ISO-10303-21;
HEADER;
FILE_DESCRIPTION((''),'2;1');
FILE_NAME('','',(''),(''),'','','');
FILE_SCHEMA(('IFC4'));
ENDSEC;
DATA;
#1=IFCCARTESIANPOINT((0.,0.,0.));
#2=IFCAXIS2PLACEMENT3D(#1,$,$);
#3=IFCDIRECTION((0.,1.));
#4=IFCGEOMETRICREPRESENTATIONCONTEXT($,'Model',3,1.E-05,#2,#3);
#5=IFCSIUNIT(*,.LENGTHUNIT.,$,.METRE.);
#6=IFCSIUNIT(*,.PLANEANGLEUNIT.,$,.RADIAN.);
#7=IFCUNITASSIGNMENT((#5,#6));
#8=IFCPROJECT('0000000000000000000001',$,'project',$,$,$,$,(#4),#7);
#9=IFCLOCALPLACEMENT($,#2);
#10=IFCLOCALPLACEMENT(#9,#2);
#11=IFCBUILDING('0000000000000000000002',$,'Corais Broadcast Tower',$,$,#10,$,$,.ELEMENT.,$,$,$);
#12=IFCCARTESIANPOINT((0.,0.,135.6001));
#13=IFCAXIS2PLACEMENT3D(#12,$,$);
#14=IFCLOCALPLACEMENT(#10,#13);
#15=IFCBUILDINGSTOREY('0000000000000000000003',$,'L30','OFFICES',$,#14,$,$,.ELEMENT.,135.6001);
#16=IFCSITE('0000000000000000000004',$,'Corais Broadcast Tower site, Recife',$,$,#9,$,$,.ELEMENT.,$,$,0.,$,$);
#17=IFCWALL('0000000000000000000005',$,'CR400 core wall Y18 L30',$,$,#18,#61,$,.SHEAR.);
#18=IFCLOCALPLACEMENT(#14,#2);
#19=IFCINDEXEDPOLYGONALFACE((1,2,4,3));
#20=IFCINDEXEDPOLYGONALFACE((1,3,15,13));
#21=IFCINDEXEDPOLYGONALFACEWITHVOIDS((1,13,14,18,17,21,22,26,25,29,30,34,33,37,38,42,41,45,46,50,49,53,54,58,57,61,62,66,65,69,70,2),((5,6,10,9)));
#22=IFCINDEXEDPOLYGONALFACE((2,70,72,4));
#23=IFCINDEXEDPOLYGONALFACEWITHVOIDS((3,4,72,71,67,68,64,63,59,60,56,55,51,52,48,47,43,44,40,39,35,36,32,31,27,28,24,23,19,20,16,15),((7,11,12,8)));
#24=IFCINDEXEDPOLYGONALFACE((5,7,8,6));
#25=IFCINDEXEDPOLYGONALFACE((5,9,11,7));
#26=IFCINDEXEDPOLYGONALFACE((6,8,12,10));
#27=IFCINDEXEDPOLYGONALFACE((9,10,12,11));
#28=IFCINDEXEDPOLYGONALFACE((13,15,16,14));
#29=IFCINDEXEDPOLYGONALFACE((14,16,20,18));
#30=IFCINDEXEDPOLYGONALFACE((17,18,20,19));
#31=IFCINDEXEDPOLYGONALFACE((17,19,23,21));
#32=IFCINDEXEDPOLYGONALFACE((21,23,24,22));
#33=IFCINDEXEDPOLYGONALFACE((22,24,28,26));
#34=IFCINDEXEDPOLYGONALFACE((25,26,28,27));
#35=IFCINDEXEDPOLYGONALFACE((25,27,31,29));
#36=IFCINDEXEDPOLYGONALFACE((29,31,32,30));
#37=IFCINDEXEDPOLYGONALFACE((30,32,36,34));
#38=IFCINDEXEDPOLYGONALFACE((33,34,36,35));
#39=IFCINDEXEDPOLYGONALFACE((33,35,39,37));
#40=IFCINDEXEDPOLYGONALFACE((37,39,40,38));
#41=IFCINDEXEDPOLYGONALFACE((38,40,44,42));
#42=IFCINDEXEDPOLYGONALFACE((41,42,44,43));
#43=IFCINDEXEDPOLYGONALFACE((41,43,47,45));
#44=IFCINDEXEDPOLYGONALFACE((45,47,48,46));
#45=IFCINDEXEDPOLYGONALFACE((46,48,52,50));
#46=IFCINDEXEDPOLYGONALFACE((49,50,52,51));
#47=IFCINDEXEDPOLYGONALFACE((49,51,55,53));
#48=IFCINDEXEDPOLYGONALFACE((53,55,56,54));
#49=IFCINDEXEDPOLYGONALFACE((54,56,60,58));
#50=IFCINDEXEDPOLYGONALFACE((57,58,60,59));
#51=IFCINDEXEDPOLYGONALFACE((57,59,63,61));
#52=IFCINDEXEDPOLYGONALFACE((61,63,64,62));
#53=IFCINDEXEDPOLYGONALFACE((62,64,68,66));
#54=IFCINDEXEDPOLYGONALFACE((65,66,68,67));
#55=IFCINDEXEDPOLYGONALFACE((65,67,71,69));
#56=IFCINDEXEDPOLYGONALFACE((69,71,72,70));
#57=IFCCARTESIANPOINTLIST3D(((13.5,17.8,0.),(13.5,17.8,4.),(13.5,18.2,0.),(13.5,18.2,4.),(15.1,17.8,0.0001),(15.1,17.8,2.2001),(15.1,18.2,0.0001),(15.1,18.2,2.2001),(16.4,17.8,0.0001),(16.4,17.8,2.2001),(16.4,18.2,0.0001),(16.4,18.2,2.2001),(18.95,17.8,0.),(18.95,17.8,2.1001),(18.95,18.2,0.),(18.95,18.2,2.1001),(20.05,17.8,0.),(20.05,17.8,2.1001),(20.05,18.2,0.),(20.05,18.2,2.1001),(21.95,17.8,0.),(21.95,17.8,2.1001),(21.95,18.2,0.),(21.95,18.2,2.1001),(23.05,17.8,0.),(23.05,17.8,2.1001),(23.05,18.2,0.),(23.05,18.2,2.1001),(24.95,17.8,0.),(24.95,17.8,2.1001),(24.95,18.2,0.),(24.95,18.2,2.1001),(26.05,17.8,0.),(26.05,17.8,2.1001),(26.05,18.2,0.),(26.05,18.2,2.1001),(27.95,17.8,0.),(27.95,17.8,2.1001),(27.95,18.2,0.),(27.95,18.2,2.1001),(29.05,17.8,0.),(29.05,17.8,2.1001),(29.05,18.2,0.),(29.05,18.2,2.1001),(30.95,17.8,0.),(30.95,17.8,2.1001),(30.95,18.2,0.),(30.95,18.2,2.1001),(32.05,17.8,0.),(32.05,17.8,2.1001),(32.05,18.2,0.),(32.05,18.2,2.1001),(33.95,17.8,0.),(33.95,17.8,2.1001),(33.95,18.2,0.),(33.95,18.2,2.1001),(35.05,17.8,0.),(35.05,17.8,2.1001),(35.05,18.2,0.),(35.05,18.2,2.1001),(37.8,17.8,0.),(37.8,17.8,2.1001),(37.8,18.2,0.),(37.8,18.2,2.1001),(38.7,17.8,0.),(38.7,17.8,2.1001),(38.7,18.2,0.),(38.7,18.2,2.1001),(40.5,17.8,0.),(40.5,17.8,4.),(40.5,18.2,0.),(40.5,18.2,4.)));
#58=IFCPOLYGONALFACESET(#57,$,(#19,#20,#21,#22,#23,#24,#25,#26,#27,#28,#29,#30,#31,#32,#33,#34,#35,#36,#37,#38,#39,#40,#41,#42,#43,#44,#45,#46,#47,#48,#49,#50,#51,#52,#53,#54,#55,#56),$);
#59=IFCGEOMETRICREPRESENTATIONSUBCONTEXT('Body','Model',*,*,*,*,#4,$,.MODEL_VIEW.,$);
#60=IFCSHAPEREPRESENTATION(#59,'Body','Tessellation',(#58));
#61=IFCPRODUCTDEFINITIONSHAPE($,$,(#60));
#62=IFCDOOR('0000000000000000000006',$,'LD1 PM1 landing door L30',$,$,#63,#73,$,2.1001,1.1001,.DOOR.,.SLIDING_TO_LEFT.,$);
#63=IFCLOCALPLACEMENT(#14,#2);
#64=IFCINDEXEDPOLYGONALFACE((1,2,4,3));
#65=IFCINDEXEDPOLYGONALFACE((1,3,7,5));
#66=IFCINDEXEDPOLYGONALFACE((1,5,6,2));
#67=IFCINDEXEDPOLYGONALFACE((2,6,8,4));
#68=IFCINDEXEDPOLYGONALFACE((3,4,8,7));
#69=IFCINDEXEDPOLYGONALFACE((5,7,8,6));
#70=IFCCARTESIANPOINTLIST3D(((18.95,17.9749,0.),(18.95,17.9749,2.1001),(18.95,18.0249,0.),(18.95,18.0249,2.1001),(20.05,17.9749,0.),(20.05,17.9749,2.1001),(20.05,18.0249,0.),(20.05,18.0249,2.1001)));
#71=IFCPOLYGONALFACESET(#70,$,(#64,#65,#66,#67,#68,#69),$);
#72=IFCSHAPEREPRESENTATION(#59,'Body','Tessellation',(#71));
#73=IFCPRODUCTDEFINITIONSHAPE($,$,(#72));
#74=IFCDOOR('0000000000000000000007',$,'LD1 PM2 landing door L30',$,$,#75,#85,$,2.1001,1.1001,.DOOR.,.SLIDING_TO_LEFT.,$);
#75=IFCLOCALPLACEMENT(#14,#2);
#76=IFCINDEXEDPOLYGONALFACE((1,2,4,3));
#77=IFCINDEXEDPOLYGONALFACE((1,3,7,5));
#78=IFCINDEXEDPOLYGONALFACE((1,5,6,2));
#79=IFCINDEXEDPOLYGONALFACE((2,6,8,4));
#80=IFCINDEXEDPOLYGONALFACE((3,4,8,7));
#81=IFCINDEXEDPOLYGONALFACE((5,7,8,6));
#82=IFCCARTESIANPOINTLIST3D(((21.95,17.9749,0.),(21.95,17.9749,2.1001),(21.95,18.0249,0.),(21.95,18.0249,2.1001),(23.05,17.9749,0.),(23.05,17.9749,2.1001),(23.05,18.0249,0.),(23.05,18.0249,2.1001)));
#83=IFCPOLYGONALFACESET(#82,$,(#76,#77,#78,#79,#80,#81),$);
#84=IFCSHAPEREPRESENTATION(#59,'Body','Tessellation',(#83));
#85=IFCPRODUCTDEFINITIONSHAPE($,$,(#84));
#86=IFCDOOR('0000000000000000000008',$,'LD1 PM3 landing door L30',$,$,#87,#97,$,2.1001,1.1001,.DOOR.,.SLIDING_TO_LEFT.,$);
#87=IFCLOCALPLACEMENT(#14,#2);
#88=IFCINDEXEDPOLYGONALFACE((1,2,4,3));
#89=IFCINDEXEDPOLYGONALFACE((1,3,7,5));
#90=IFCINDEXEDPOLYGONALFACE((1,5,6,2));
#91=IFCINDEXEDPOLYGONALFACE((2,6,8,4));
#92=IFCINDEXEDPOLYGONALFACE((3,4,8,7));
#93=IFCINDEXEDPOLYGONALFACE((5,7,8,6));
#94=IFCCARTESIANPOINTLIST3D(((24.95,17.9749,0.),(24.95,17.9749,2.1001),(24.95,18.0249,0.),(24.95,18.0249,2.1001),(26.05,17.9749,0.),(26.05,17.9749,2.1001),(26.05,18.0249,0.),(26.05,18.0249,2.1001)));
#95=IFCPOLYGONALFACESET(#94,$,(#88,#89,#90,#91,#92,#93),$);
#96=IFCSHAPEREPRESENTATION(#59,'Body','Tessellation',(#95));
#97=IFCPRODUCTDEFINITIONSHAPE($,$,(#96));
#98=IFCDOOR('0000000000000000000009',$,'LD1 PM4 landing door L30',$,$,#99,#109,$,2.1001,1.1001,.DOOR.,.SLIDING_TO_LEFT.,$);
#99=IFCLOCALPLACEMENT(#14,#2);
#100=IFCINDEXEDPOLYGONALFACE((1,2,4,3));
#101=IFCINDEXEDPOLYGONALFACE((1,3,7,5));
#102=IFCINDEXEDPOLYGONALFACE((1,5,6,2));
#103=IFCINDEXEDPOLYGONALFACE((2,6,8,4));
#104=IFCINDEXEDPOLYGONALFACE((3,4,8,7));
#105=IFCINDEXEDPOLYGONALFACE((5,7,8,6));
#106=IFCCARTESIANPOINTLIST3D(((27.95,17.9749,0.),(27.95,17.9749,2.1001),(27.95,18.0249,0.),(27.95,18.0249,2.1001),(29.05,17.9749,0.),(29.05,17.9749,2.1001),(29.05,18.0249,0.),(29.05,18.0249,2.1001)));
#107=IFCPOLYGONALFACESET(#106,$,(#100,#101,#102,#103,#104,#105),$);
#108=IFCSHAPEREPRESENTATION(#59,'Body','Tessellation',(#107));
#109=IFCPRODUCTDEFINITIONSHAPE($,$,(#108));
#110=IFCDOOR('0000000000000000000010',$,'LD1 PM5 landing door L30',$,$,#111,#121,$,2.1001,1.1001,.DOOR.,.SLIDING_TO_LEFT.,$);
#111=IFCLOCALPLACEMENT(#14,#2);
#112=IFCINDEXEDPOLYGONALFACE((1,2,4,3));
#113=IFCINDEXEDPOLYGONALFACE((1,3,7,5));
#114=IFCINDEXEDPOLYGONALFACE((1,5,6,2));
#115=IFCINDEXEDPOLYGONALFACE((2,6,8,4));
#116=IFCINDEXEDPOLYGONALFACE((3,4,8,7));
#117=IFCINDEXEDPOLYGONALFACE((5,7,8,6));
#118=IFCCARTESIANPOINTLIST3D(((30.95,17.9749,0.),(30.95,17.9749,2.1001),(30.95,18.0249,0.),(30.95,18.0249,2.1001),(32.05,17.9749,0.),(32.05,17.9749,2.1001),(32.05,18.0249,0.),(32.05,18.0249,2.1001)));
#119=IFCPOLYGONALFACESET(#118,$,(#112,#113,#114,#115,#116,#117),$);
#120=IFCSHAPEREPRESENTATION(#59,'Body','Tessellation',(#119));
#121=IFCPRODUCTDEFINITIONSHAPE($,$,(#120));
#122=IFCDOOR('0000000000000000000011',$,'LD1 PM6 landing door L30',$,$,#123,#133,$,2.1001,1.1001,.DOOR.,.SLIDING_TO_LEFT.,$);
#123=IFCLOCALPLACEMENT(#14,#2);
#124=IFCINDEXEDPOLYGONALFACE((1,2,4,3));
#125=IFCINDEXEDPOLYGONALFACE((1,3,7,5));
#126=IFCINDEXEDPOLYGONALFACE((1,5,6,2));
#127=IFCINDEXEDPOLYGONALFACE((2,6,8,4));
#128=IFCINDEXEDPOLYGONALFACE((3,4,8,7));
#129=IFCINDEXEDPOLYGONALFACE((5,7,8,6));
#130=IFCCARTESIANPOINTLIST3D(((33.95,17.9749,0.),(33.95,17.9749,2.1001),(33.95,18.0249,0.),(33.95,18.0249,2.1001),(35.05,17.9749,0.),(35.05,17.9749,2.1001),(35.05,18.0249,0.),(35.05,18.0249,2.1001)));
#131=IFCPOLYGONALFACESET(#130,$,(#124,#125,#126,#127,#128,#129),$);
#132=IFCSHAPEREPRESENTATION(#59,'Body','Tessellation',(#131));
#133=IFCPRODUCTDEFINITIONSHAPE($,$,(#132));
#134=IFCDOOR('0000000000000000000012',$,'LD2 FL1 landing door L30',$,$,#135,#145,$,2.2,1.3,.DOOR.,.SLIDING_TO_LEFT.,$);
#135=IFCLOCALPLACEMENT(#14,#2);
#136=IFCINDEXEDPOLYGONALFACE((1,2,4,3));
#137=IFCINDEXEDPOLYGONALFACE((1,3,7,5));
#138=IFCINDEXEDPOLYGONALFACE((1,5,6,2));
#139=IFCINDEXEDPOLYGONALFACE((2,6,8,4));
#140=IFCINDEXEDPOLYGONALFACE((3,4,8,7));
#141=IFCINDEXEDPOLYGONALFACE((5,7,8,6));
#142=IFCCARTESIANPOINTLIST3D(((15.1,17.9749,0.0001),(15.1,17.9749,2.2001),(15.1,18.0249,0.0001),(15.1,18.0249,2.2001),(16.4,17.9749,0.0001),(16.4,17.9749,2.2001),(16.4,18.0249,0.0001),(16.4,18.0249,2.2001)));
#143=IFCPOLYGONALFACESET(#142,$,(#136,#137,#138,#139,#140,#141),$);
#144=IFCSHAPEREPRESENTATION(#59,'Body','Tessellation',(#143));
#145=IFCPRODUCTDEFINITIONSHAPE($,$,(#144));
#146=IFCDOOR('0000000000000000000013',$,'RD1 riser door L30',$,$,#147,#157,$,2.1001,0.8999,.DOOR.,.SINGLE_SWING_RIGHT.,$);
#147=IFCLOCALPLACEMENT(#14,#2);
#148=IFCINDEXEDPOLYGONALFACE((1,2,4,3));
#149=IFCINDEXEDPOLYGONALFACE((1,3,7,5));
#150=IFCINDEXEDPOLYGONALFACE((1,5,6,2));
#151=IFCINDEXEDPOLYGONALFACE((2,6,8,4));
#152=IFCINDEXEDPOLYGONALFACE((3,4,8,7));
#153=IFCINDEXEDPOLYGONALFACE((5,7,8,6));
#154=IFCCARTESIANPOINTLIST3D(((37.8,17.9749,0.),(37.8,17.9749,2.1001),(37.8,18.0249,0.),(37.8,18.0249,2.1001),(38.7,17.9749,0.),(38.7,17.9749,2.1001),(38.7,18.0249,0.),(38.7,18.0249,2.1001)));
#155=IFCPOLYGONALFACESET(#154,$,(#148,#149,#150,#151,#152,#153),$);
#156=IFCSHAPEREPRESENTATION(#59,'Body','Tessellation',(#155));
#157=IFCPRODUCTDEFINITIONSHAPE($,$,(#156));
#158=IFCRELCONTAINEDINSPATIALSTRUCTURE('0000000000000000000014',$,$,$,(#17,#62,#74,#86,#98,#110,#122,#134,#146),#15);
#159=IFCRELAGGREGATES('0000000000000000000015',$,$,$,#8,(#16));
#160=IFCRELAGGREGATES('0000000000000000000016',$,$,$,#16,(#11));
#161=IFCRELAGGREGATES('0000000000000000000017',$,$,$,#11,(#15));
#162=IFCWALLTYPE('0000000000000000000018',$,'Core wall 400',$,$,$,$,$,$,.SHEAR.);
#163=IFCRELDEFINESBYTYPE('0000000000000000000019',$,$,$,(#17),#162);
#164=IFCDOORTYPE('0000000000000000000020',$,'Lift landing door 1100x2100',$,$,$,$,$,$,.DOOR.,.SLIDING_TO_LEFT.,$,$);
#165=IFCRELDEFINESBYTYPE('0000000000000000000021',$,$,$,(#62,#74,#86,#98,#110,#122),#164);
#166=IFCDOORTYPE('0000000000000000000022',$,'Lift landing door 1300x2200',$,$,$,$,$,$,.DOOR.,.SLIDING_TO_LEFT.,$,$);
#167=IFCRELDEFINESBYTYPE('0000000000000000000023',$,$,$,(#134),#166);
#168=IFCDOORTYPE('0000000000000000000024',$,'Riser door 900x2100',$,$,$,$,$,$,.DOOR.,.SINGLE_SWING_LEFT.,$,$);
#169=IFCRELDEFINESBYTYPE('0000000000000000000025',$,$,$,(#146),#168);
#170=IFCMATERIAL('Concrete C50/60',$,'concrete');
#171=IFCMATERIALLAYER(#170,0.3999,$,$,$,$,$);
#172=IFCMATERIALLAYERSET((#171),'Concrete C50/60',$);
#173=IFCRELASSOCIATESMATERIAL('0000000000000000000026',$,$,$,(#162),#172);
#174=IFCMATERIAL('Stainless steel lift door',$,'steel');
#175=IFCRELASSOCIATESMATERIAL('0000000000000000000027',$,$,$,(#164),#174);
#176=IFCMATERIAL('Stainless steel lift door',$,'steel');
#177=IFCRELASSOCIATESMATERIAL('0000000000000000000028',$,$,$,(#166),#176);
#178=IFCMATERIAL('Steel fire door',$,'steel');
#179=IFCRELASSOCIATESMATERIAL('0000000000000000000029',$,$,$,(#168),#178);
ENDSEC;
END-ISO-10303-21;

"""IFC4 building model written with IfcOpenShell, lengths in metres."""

from ifc_helpers import new_model, si_unit, direction, frame, frame_2d, origin, place, context, subcontext, project, spatial, rectangle, extrude, material, layer, layer_set, type_object, element, fill, save


model = new_model("IFC4")

# Units and contexts
model_context = context("Model", 3, precision=1e-05, world=origin(), true_north=direction((0.0, 1.0)))
body_context = subcontext(model_context, "Body", "Model", "MODEL_VIEW")
ifc_project = project(units=[si_unit("LENGTHUNIT", "METRE"), si_unit("PLANEANGLEUNIT", "RADIAN")], contexts=[model_context])

# Site, building, storey
site_placement = place(None, origin())
site = spatial("IfcSite", under=ifc_project, at=site_placement, Name="Corais Broadcast Tower site, Recife", CompositionType="ELEMENT", RefElevation=0.0)
building_placement = place(site_placement, origin())
building = spatial("IfcBuilding", under=site, at=building_placement, Name="Corais Broadcast Tower", CompositionType="ELEMENT")
storey_placement = place(building_placement, frame((0.0, 0.0, 135.6001)))
storey = spatial("IfcBuildingStorey", under=building, at=storey_placement, Name="L30", Description="OFFICES", CompositionType="ELEMENT", Elevation=135.6001)

# Shared definitions
ifc_material_1 = material(Name="Concrete C50/60", Category="concrete")
ifc_layer_1 = layer(ifc_material_1, 0.3999)
ifc_layer_set_1 = layer_set([ifc_layer_1], Name="Concrete C50/60")
wall_type_1 = type_object("IfcWallType", Name="Core wall 400", PredefinedType="SHEAR", material=ifc_layer_set_1)

# Wall, openings, doors
wall_1_placement = place(storey_placement, frame((13.5, 18.0, 0.0), z_axis=(0.0, 0.0, 1.0), x_axis=(1.0, 0.0, 0.0)))
wall_1 = element("IfcWall", 1, at=wall_1_placement, inside=storey, type_object=wall_type_1, Name="CR400 core wall Y18 L30", PredefinedType="SHEAR", context=body_context, shape_type="SweptSolid", body=[
    extrude(rectangle(XDim=27.0, YDim=0.3999, at=frame_2d((13.5, 0.0))), origin(), (0.0, 0.0, 1.0), 4.0),
])
opening_1_placement = place(wall_1_placement, frame((24.3, 0.0, 0.0)))
opening_1 = element("IfcOpeningElement", 2, at=opening_1_placement, cuts=wall_1, PredefinedType="OPENING", context=body_context, shape_type="SweptSolid", body=[
    extrude(rectangle(XDim=0.8999, YDim=2.1001, at=frame_2d((0.45, 1.05))), frame((0.0, 0.21, 0.0), z_axis=(0.0, -1.0, 0.0), x_axis=(1.0, 0.0, 0.0)), (0.0, 0.0, 1.0), 0.4199),
])
opening_2_placement = place(wall_1_placement, frame((5.45, 0.0, 0.0)))
opening_2 = element("IfcOpeningElement", 3, at=opening_2_placement, cuts=wall_1, PredefinedType="OPENING", context=body_context, shape_type="SweptSolid", body=[
    extrude(rectangle(XDim=1.1001, YDim=2.1001, at=frame_2d((0.55, 1.05))), frame((0.0, 0.21, 0.0), z_axis=(0.0, -1.0, 0.0), x_axis=(1.0, 0.0, 0.0)), (0.0, 0.0, 1.0), 0.4199),
])
opening_3_placement = place(wall_1_placement, frame((8.45, 0.0, 0.0)))
opening_3 = element("IfcOpeningElement", 4, at=opening_3_placement, cuts=wall_1, PredefinedType="OPENING", context=body_context, shape_type="SweptSolid", body=[
    extrude(rectangle(XDim=1.1001, YDim=2.1001, at=frame_2d((0.55, 1.05))), frame((0.0, 0.21, 0.0), z_axis=(0.0, -1.0, 0.0), x_axis=(1.0, 0.0, 0.0)), (0.0, 0.0, 1.0), 0.4199),
])
opening_4_placement = place(wall_1_placement, frame((11.45, 0.0, 0.0)))
opening_4 = element("IfcOpeningElement", 5, at=opening_4_placement, cuts=wall_1, PredefinedType="OPENING", context=body_context, shape_type="SweptSolid", body=[
    extrude(rectangle(XDim=1.1001, YDim=2.1001, at=frame_2d((0.55, 1.05))), frame((0.0, 0.21, 0.0), z_axis=(0.0, -1.0, 0.0), x_axis=(1.0, 0.0, 0.0)), (0.0, 0.0, 1.0), 0.4199),
])
opening_5_placement = place(wall_1_placement, frame((14.45, 0.0, 0.0)))
opening_5 = element("IfcOpeningElement", 6, at=opening_5_placement, cuts=wall_1, PredefinedType="OPENING", context=body_context, shape_type="SweptSolid", body=[
    extrude(rectangle(XDim=1.1001, YDim=2.1001, at=frame_2d((0.55, 1.05))), frame((0.0, 0.21, 0.0), z_axis=(0.0, -1.0, 0.0), x_axis=(1.0, 0.0, 0.0)), (0.0, 0.0, 1.0), 0.4199),
])
opening_6_placement = place(wall_1_placement, frame((17.45, 0.0, 0.0)))
opening_6 = element("IfcOpeningElement", 7, at=opening_6_placement, cuts=wall_1, PredefinedType="OPENING", context=body_context, shape_type="SweptSolid", body=[
    extrude(rectangle(XDim=1.1001, YDim=2.1001, at=frame_2d((0.55, 1.05))), frame((0.0, 0.21, 0.0), z_axis=(0.0, -1.0, 0.0), x_axis=(1.0, 0.0, 0.0)), (0.0, 0.0, 1.0), 0.4199),
])
opening_7_placement = place(wall_1_placement, frame((20.45, 0.0, 0.0)))
opening_7 = element("IfcOpeningElement", 8, at=opening_7_placement, cuts=wall_1, PredefinedType="OPENING", context=body_context, shape_type="SweptSolid", body=[
    extrude(rectangle(XDim=1.1001, YDim=2.1001, at=frame_2d((0.55, 1.05))), frame((0.0, 0.21, 0.0), z_axis=(0.0, -1.0, 0.0), x_axis=(1.0, 0.0, 0.0)), (0.0, 0.0, 1.0), 0.4199),
])
opening_8_placement = place(wall_1_placement, frame((1.6001, 0.0, 0.0)))
opening_8 = element("IfcOpeningElement", 9, at=opening_8_placement, cuts=wall_1, PredefinedType="OPENING", context=body_context, shape_type="SweptSolid", body=[
    extrude(rectangle(XDim=1.3, YDim=2.2, at=frame_2d((0.6499, 1.1001))), frame((0.0, 0.21, 0.0), z_axis=(0.0, -1.0, 0.0), x_axis=(1.0, 0.0, 0.0)), (0.0, 0.0, 1.0), 0.4199),
])
ifc_material_2 = material(Name="Stainless steel lift door", Category="steel")
door_type_1 = type_object("IfcDoorType", Name="Lift landing door 1100x2100", OperationType="SLIDING_TO_LEFT", PredefinedType="DOOR", material=ifc_material_2)
door_1_placement = place(opening_2_placement, origin())
door_1 = element("IfcDoor", 10, at=door_1_placement, inside=storey, type_object=door_type_1, Name="LD1 PM1 landing door L30", OperationType="SLIDING_TO_LEFT", OverallHeight=2.1001, OverallWidth=1.1001, PredefinedType="DOOR", context=body_context, shape_type="SweptSolid", body=[
    extrude(rectangle(XDim=1.1001, YDim=2.1001, at=frame_2d((0.55, 1.05))), frame((0.0, 0.0249, 0.0), z_axis=(0.0, -1.0, 0.0), x_axis=(1.0, 0.0, 0.0)), (0.0, 0.0, 1.0), 0.05),
])
fill(opening_2, door_1)
door_2_placement = place(opening_3_placement, origin())
door_2 = element("IfcDoor", 11, at=door_2_placement, inside=storey, type_object=door_type_1, Name="LD1 PM2 landing door L30", OperationType="SLIDING_TO_LEFT", OverallHeight=2.1001, OverallWidth=1.1001, PredefinedType="DOOR", context=body_context, shape_type="SweptSolid", body=[
    extrude(rectangle(XDim=1.1001, YDim=2.1001, at=frame_2d((0.55, 1.05))), frame((0.0, 0.0249, 0.0), z_axis=(0.0, -1.0, 0.0), x_axis=(1.0, 0.0, 0.0)), (0.0, 0.0, 1.0), 0.05),
])
fill(opening_3, door_2)
door_3_placement = place(opening_4_placement, origin())
door_3 = element("IfcDoor", 12, at=door_3_placement, inside=storey, type_object=door_type_1, Name="LD1 PM3 landing door L30", OperationType="SLIDING_TO_LEFT", OverallHeight=2.1001, OverallWidth=1.1001, PredefinedType="DOOR", context=body_context, shape_type="SweptSolid", body=[
    extrude(rectangle(XDim=1.1001, YDim=2.1001, at=frame_2d((0.55, 1.05))), frame((0.0, 0.0249, 0.0), z_axis=(0.0, -1.0, 0.0), x_axis=(1.0, 0.0, 0.0)), (0.0, 0.0, 1.0), 0.05),
])
fill(opening_4, door_3)
door_4_placement = place(opening_5_placement, origin())
door_4 = element("IfcDoor", 13, at=door_4_placement, inside=storey, type_object=door_type_1, Name="LD1 PM4 landing door L30", OperationType="SLIDING_TO_LEFT", OverallHeight=2.1001, OverallWidth=1.1001, PredefinedType="DOOR", context=body_context, shape_type="SweptSolid", body=[
    extrude(rectangle(XDim=1.1001, YDim=2.1001, at=frame_2d((0.55, 1.05))), frame((0.0, 0.0249, 0.0), z_axis=(0.0, -1.0, 0.0), x_axis=(1.0, 0.0, 0.0)), (0.0, 0.0, 1.0), 0.05),
])
fill(opening_5, door_4)
door_5_placement = place(opening_6_placement, origin())
door_5 = element("IfcDoor", 14, at=door_5_placement, inside=storey, type_object=door_type_1, Name="LD1 PM5 landing door L30", OperationType="SLIDING_TO_LEFT", OverallHeight=2.1001, OverallWidth=1.1001, PredefinedType="DOOR", context=body_context, shape_type="SweptSolid", body=[
    extrude(rectangle(XDim=1.1001, YDim=2.1001, at=frame_2d((0.55, 1.05))), frame((0.0, 0.0249, 0.0), z_axis=(0.0, -1.0, 0.0), x_axis=(1.0, 0.0, 0.0)), (0.0, 0.0, 1.0), 0.05),
])
fill(opening_6, door_5)
door_6_placement = place(opening_7_placement, origin())
door_6 = element("IfcDoor", 15, at=door_6_placement, inside=storey, type_object=door_type_1, Name="LD1 PM6 landing door L30", OperationType="SLIDING_TO_LEFT", OverallHeight=2.1001, OverallWidth=1.1001, PredefinedType="DOOR", context=body_context, shape_type="SweptSolid", body=[
    extrude(rectangle(XDim=1.1001, YDim=2.1001, at=frame_2d((0.55, 1.05))), frame((0.0, 0.0249, 0.0), z_axis=(0.0, -1.0, 0.0), x_axis=(1.0, 0.0, 0.0)), (0.0, 0.0, 1.0), 0.05),
])
fill(opening_7, door_6)
ifc_material_3 = material(Name="Stainless steel lift door", Category="steel")
door_type_2 = type_object("IfcDoorType", Name="Lift landing door 1300x2200", OperationType="SLIDING_TO_LEFT", PredefinedType="DOOR", material=ifc_material_3)
door_7_placement = place(opening_8_placement, origin())
door_7 = element("IfcDoor", 16, at=door_7_placement, inside=storey, type_object=door_type_2, Name="LD2 FL1 landing door L30", OperationType="SLIDING_TO_LEFT", OverallHeight=2.2, OverallWidth=1.3, PredefinedType="DOOR", context=body_context, shape_type="SweptSolid", body=[
    extrude(rectangle(XDim=1.3, YDim=2.2, at=frame_2d((0.6499, 1.1001))), frame((0.0, 0.0249, 0.0), z_axis=(0.0, -1.0, 0.0), x_axis=(1.0, 0.0, 0.0)), (0.0, 0.0, 1.0), 0.05),
])
fill(opening_8, door_7)
ifc_material_4 = material(Name="Steel fire door", Category="steel")
door_type_3 = type_object("IfcDoorType", Name="Riser door 900x2100", OperationType="SINGLE_SWING_LEFT", PredefinedType="DOOR", material=ifc_material_4)
door_8_placement = place(opening_1_placement, origin())
door_8 = element("IfcDoor", 17, at=door_8_placement, inside=storey, type_object=door_type_3, Name="RD1 riser door L30", OperationType="SINGLE_SWING_RIGHT", OverallHeight=2.1001, OverallWidth=0.8999, PredefinedType="DOOR", context=body_context, shape_type="SweptSolid", body=[
    extrude(rectangle(XDim=0.8999, YDim=2.1001, at=frame_2d((0.45, 1.05))), frame((0.0, 0.0249, 0.0), z_axis=(0.0, -1.0, 0.0), x_axis=(1.0, 0.0, 0.0)), (0.0, 0.0, 1.0), 0.05),
])
fill(opening_1, door_8)

save(model, "model.ifc")
